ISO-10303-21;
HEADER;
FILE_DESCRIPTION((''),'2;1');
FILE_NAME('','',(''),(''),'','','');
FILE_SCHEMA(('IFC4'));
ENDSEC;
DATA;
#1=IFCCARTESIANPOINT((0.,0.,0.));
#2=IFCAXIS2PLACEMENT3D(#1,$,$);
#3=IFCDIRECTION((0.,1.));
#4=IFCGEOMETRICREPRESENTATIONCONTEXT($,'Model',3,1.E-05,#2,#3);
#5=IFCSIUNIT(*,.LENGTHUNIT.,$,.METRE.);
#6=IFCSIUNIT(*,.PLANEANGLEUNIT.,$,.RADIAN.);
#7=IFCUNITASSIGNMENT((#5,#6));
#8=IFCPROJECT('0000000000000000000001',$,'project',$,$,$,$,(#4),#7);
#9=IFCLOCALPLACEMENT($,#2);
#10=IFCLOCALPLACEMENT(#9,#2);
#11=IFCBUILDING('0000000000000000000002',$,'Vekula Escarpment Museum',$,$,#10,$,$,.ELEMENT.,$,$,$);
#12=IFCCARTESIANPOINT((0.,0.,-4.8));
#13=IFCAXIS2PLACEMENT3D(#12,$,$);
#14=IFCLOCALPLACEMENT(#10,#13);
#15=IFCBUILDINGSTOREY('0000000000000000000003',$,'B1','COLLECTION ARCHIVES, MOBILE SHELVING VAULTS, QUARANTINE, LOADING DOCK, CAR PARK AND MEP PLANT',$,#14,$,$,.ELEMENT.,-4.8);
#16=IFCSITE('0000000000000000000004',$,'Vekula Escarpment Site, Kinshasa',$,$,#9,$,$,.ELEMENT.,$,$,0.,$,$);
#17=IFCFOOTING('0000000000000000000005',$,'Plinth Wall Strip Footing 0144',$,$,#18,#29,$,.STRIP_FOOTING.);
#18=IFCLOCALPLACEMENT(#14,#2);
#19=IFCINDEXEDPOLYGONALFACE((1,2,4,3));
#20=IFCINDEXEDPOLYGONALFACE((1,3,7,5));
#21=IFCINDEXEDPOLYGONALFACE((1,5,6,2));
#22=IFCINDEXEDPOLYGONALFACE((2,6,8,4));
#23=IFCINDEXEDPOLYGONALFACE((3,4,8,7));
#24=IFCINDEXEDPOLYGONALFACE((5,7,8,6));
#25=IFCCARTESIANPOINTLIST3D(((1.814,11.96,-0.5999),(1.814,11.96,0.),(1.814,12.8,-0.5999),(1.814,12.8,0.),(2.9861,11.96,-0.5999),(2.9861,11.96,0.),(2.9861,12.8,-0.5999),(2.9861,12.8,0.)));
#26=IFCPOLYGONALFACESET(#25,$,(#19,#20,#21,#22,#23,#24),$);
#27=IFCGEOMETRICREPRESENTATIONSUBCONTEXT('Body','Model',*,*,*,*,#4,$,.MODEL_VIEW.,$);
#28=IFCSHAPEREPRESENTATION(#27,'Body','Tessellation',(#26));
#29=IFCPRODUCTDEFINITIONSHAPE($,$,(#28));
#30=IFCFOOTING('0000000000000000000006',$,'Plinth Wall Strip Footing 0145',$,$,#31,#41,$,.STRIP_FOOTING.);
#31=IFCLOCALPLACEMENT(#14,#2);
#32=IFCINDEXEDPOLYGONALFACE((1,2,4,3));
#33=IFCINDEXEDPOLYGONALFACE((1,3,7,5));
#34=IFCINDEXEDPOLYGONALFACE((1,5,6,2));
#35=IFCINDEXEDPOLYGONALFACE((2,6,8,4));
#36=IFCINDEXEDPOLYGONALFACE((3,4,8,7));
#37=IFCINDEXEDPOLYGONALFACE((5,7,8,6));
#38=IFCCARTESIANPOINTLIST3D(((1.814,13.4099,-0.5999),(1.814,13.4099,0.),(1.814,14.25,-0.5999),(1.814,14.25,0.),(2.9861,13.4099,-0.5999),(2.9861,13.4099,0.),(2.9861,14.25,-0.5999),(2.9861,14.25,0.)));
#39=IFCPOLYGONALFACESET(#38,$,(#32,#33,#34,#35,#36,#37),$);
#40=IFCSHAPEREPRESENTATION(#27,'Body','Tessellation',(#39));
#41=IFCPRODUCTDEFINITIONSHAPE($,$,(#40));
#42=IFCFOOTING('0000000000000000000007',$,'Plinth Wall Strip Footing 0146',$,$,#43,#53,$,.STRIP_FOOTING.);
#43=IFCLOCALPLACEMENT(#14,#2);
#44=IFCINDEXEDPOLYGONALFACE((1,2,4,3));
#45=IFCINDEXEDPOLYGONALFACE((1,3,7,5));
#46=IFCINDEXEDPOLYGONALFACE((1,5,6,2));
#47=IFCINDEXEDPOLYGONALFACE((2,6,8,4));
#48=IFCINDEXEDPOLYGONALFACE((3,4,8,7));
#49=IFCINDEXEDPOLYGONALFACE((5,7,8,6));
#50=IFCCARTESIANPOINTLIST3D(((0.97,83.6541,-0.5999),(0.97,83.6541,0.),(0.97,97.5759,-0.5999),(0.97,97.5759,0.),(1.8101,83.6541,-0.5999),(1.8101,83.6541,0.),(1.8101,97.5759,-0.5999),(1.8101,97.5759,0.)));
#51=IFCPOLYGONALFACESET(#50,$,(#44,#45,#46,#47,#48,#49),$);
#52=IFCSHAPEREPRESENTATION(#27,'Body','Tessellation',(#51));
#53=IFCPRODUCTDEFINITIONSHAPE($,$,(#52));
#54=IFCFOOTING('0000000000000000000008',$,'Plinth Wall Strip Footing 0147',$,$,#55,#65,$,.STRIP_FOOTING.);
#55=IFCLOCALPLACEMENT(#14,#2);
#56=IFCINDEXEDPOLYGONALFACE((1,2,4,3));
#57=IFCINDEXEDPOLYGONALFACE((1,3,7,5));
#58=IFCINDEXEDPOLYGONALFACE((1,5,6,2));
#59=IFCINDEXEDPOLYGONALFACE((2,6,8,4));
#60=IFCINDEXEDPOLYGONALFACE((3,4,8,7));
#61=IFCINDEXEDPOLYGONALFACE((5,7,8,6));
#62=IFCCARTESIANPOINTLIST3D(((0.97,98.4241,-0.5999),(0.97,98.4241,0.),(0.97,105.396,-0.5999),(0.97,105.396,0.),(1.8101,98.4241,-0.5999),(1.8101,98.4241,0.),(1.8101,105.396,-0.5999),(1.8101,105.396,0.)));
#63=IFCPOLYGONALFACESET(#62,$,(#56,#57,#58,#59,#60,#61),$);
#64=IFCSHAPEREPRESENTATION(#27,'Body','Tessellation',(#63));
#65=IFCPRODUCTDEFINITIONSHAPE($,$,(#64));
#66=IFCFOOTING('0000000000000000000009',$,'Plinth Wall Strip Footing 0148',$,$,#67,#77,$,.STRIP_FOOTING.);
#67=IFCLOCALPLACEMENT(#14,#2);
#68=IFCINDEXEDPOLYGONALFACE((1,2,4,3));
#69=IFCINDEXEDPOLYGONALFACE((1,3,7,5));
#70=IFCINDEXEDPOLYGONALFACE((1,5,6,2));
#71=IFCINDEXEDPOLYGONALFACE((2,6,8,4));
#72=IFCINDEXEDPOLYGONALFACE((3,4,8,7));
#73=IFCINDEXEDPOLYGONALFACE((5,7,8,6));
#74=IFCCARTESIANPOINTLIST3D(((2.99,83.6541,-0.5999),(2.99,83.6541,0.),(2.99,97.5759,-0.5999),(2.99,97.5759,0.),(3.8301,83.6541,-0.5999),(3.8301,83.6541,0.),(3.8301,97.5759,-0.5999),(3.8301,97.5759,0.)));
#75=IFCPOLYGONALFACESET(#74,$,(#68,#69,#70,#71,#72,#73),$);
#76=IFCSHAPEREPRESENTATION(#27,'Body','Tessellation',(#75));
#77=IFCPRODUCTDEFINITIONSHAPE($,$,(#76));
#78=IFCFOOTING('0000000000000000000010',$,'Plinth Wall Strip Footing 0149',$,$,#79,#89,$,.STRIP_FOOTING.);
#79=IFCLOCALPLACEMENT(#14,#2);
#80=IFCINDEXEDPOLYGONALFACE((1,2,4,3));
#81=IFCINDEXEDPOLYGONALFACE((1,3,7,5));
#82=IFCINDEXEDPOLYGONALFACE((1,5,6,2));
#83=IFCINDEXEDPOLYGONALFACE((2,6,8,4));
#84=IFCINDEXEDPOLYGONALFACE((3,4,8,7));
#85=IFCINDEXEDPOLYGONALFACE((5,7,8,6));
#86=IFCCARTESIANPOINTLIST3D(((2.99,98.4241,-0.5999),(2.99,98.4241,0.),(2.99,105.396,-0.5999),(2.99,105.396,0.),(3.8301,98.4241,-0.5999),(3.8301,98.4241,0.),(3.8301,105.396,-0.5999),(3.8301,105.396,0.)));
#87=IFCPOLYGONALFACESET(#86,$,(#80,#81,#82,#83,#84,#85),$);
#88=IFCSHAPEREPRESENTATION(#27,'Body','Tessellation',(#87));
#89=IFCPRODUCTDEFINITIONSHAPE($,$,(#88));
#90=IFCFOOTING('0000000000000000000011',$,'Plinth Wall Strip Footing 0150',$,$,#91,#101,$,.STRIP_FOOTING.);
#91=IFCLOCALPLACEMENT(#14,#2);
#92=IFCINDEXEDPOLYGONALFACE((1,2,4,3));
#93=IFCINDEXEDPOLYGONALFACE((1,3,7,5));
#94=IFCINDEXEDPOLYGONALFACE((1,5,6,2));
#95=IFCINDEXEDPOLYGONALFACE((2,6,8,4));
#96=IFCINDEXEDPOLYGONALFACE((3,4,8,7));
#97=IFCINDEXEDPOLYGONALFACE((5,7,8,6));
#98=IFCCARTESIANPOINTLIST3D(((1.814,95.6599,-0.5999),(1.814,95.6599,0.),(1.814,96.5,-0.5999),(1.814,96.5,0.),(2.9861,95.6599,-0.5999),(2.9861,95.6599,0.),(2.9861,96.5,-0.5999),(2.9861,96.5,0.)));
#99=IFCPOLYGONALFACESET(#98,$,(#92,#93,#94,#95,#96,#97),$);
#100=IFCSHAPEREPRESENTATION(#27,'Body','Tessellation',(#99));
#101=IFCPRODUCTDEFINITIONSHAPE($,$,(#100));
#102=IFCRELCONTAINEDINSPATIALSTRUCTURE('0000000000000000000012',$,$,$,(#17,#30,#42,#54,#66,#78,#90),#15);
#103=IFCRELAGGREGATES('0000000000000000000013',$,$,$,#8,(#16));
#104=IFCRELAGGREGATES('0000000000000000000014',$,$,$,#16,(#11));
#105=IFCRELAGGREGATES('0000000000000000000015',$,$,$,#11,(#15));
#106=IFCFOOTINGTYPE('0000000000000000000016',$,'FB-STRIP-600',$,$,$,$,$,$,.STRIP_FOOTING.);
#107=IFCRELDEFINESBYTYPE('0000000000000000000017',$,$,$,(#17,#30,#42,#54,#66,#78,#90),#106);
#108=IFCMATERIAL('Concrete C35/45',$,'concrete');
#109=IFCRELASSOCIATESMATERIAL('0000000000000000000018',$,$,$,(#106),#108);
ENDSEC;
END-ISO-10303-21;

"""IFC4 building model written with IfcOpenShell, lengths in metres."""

from ifc_helpers import new_model, si_unit, direction, frame, origin, place, context, subcontext, project, spatial, polyline, outline, extrude, material, type_object, element, save


model = new_model("IFC4")

# Units and contexts
model_context = context("Model", 3, precision=1e-05, world=origin(), true_north=direction((0.0, 1.0)))
body_context = subcontext(model_context, "Body", "Model", "MODEL_VIEW")
ifc_project = project(units=[si_unit("LENGTHUNIT", "METRE"), si_unit("PLANEANGLEUNIT", "RADIAN")], contexts=[model_context])

# Site, building, storey
site_placement = place(None, origin())
site = spatial("IfcSite", under=ifc_project, at=site_placement, Name="Vekula Escarpment Site, Kinshasa", CompositionType="ELEMENT", RefElevation=0.0)
building_placement = place(site_placement, origin())
building = spatial("IfcBuilding", under=site, at=building_placement, Name="Vekula Escarpment Museum", CompositionType="ELEMENT")
storey_placement = place(building_placement, frame((0.0, 0.0, -4.8)))
storey = spatial("IfcBuildingStorey", under=building, at=storey_placement, Name="B1", Description="COLLECTION ARCHIVES, MOBILE SHELVING VAULTS, QUARANTINE, LOADING DOCK, CAR PARK AND MEP PLANT", CompositionType="ELEMENT", Elevation=-4.8)

# Footings
ifc_material = material(Name="Concrete C35/45", Category="concrete")
footing_type = type_object("IfcFootingType", Name="FB-STRIP-600", PredefinedType="STRIP_FOOTING", material=ifc_material)
footing_1_placement = place(storey_placement, frame((0.0, 0.0, -0.5999)))
element("IfcFooting", 1, at=footing_1_placement, inside=storey, type_object=footing_type, Name="Plinth Wall Strip Footing 0144", PredefinedType="STRIP_FOOTING", context=body_context, shape_type="SweptSolid", body=[
    extrude(outline(polyline([(1.814, 11.96), (1.814, 12.8), (2.9861, 12.8), (2.9861, 11.96), (1.814, 11.96)])), origin(), (0.0, 0.0, 1.0), 0.5999),
])
footing_2_placement = place(storey_placement, frame((0.0, 0.0, -0.5999)))
element("IfcFooting", 2, at=footing_2_placement, inside=storey, type_object=footing_type, Name="Plinth Wall Strip Footing 0145", PredefinedType="STRIP_FOOTING", context=body_context, shape_type="SweptSolid", body=[
    extrude(outline(polyline([(1.814, 13.4099), (1.814, 14.25), (2.9861, 14.25), (2.9861, 13.4099), (1.814, 13.4099)])), origin(), (0.0, 0.0, 1.0), 0.5999),
])
footing_3_placement = place(storey_placement, frame((0.0, 0.0, -0.5999)))
element("IfcFooting", 3, at=footing_3_placement, inside=storey, type_object=footing_type, Name="Plinth Wall Strip Footing 0146", PredefinedType="STRIP_FOOTING", context=body_context, shape_type="SweptSolid", body=[
    extrude(outline(polyline([(1.8101, 83.6541), (0.97, 83.6541), (0.97, 97.5759), (1.8101, 97.5759), (1.8101, 83.6541)])), origin(), (0.0, 0.0, 1.0), 0.5999),
])
footing_4_placement = place(storey_placement, frame((0.0, 0.0, -0.5999)))
element("IfcFooting", 4, at=footing_4_placement, inside=storey, type_object=footing_type, Name="Plinth Wall Strip Footing 0147", PredefinedType="STRIP_FOOTING", context=body_context, shape_type="SweptSolid", body=[
    extrude(outline(polyline([(1.8101, 98.4241), (0.97, 98.4241), (0.97, 105.396), (1.8101, 105.396), (1.8101, 98.4241)])), origin(), (0.0, 0.0, 1.0), 0.5999),
])
footing_5_placement = place(storey_placement, frame((0.0, 0.0, -0.5999)))
element("IfcFooting", 5, at=footing_5_placement, inside=storey, type_object=footing_type, Name="Plinth Wall Strip Footing 0148", PredefinedType="STRIP_FOOTING", context=body_context, shape_type="SweptSolid", body=[
    extrude(outline(polyline([(3.8301, 83.6541), (2.99, 83.6541), (2.99, 97.5759), (3.8301, 97.5759), (3.8301, 83.6541)])), origin(), (0.0, 0.0, 1.0), 0.5999),
])
footing_6_placement = place(storey_placement, frame((0.0, 0.0, -0.5999)))
element("IfcFooting", 6, at=footing_6_placement, inside=storey, type_object=footing_type, Name="Plinth Wall Strip Footing 0149", PredefinedType="STRIP_FOOTING", context=body_context, shape_type="SweptSolid", body=[
    extrude(outline(polyline([(3.8301, 98.4241), (2.99, 98.4241), (2.99, 105.396), (3.8301, 105.396), (3.8301, 98.4241)])), origin(), (0.0, 0.0, 1.0), 0.5999),
])
footing_7_placement = place(storey_placement, frame((0.0, 0.0, -0.5999)))
element("IfcFooting", 7, at=footing_7_placement, inside=storey, type_object=footing_type, Name="Plinth Wall Strip Footing 0150", PredefinedType="STRIP_FOOTING", context=body_context, shape_type="SweptSolid", body=[
    extrude(outline(polyline([(1.814, 95.6599), (1.814, 96.5), (2.9861, 96.5), (2.9861, 95.6599), (1.814, 95.6599)])), origin(), (0.0, 0.0, 1.0), 0.5999),
])

save(model, "model.ifc")
